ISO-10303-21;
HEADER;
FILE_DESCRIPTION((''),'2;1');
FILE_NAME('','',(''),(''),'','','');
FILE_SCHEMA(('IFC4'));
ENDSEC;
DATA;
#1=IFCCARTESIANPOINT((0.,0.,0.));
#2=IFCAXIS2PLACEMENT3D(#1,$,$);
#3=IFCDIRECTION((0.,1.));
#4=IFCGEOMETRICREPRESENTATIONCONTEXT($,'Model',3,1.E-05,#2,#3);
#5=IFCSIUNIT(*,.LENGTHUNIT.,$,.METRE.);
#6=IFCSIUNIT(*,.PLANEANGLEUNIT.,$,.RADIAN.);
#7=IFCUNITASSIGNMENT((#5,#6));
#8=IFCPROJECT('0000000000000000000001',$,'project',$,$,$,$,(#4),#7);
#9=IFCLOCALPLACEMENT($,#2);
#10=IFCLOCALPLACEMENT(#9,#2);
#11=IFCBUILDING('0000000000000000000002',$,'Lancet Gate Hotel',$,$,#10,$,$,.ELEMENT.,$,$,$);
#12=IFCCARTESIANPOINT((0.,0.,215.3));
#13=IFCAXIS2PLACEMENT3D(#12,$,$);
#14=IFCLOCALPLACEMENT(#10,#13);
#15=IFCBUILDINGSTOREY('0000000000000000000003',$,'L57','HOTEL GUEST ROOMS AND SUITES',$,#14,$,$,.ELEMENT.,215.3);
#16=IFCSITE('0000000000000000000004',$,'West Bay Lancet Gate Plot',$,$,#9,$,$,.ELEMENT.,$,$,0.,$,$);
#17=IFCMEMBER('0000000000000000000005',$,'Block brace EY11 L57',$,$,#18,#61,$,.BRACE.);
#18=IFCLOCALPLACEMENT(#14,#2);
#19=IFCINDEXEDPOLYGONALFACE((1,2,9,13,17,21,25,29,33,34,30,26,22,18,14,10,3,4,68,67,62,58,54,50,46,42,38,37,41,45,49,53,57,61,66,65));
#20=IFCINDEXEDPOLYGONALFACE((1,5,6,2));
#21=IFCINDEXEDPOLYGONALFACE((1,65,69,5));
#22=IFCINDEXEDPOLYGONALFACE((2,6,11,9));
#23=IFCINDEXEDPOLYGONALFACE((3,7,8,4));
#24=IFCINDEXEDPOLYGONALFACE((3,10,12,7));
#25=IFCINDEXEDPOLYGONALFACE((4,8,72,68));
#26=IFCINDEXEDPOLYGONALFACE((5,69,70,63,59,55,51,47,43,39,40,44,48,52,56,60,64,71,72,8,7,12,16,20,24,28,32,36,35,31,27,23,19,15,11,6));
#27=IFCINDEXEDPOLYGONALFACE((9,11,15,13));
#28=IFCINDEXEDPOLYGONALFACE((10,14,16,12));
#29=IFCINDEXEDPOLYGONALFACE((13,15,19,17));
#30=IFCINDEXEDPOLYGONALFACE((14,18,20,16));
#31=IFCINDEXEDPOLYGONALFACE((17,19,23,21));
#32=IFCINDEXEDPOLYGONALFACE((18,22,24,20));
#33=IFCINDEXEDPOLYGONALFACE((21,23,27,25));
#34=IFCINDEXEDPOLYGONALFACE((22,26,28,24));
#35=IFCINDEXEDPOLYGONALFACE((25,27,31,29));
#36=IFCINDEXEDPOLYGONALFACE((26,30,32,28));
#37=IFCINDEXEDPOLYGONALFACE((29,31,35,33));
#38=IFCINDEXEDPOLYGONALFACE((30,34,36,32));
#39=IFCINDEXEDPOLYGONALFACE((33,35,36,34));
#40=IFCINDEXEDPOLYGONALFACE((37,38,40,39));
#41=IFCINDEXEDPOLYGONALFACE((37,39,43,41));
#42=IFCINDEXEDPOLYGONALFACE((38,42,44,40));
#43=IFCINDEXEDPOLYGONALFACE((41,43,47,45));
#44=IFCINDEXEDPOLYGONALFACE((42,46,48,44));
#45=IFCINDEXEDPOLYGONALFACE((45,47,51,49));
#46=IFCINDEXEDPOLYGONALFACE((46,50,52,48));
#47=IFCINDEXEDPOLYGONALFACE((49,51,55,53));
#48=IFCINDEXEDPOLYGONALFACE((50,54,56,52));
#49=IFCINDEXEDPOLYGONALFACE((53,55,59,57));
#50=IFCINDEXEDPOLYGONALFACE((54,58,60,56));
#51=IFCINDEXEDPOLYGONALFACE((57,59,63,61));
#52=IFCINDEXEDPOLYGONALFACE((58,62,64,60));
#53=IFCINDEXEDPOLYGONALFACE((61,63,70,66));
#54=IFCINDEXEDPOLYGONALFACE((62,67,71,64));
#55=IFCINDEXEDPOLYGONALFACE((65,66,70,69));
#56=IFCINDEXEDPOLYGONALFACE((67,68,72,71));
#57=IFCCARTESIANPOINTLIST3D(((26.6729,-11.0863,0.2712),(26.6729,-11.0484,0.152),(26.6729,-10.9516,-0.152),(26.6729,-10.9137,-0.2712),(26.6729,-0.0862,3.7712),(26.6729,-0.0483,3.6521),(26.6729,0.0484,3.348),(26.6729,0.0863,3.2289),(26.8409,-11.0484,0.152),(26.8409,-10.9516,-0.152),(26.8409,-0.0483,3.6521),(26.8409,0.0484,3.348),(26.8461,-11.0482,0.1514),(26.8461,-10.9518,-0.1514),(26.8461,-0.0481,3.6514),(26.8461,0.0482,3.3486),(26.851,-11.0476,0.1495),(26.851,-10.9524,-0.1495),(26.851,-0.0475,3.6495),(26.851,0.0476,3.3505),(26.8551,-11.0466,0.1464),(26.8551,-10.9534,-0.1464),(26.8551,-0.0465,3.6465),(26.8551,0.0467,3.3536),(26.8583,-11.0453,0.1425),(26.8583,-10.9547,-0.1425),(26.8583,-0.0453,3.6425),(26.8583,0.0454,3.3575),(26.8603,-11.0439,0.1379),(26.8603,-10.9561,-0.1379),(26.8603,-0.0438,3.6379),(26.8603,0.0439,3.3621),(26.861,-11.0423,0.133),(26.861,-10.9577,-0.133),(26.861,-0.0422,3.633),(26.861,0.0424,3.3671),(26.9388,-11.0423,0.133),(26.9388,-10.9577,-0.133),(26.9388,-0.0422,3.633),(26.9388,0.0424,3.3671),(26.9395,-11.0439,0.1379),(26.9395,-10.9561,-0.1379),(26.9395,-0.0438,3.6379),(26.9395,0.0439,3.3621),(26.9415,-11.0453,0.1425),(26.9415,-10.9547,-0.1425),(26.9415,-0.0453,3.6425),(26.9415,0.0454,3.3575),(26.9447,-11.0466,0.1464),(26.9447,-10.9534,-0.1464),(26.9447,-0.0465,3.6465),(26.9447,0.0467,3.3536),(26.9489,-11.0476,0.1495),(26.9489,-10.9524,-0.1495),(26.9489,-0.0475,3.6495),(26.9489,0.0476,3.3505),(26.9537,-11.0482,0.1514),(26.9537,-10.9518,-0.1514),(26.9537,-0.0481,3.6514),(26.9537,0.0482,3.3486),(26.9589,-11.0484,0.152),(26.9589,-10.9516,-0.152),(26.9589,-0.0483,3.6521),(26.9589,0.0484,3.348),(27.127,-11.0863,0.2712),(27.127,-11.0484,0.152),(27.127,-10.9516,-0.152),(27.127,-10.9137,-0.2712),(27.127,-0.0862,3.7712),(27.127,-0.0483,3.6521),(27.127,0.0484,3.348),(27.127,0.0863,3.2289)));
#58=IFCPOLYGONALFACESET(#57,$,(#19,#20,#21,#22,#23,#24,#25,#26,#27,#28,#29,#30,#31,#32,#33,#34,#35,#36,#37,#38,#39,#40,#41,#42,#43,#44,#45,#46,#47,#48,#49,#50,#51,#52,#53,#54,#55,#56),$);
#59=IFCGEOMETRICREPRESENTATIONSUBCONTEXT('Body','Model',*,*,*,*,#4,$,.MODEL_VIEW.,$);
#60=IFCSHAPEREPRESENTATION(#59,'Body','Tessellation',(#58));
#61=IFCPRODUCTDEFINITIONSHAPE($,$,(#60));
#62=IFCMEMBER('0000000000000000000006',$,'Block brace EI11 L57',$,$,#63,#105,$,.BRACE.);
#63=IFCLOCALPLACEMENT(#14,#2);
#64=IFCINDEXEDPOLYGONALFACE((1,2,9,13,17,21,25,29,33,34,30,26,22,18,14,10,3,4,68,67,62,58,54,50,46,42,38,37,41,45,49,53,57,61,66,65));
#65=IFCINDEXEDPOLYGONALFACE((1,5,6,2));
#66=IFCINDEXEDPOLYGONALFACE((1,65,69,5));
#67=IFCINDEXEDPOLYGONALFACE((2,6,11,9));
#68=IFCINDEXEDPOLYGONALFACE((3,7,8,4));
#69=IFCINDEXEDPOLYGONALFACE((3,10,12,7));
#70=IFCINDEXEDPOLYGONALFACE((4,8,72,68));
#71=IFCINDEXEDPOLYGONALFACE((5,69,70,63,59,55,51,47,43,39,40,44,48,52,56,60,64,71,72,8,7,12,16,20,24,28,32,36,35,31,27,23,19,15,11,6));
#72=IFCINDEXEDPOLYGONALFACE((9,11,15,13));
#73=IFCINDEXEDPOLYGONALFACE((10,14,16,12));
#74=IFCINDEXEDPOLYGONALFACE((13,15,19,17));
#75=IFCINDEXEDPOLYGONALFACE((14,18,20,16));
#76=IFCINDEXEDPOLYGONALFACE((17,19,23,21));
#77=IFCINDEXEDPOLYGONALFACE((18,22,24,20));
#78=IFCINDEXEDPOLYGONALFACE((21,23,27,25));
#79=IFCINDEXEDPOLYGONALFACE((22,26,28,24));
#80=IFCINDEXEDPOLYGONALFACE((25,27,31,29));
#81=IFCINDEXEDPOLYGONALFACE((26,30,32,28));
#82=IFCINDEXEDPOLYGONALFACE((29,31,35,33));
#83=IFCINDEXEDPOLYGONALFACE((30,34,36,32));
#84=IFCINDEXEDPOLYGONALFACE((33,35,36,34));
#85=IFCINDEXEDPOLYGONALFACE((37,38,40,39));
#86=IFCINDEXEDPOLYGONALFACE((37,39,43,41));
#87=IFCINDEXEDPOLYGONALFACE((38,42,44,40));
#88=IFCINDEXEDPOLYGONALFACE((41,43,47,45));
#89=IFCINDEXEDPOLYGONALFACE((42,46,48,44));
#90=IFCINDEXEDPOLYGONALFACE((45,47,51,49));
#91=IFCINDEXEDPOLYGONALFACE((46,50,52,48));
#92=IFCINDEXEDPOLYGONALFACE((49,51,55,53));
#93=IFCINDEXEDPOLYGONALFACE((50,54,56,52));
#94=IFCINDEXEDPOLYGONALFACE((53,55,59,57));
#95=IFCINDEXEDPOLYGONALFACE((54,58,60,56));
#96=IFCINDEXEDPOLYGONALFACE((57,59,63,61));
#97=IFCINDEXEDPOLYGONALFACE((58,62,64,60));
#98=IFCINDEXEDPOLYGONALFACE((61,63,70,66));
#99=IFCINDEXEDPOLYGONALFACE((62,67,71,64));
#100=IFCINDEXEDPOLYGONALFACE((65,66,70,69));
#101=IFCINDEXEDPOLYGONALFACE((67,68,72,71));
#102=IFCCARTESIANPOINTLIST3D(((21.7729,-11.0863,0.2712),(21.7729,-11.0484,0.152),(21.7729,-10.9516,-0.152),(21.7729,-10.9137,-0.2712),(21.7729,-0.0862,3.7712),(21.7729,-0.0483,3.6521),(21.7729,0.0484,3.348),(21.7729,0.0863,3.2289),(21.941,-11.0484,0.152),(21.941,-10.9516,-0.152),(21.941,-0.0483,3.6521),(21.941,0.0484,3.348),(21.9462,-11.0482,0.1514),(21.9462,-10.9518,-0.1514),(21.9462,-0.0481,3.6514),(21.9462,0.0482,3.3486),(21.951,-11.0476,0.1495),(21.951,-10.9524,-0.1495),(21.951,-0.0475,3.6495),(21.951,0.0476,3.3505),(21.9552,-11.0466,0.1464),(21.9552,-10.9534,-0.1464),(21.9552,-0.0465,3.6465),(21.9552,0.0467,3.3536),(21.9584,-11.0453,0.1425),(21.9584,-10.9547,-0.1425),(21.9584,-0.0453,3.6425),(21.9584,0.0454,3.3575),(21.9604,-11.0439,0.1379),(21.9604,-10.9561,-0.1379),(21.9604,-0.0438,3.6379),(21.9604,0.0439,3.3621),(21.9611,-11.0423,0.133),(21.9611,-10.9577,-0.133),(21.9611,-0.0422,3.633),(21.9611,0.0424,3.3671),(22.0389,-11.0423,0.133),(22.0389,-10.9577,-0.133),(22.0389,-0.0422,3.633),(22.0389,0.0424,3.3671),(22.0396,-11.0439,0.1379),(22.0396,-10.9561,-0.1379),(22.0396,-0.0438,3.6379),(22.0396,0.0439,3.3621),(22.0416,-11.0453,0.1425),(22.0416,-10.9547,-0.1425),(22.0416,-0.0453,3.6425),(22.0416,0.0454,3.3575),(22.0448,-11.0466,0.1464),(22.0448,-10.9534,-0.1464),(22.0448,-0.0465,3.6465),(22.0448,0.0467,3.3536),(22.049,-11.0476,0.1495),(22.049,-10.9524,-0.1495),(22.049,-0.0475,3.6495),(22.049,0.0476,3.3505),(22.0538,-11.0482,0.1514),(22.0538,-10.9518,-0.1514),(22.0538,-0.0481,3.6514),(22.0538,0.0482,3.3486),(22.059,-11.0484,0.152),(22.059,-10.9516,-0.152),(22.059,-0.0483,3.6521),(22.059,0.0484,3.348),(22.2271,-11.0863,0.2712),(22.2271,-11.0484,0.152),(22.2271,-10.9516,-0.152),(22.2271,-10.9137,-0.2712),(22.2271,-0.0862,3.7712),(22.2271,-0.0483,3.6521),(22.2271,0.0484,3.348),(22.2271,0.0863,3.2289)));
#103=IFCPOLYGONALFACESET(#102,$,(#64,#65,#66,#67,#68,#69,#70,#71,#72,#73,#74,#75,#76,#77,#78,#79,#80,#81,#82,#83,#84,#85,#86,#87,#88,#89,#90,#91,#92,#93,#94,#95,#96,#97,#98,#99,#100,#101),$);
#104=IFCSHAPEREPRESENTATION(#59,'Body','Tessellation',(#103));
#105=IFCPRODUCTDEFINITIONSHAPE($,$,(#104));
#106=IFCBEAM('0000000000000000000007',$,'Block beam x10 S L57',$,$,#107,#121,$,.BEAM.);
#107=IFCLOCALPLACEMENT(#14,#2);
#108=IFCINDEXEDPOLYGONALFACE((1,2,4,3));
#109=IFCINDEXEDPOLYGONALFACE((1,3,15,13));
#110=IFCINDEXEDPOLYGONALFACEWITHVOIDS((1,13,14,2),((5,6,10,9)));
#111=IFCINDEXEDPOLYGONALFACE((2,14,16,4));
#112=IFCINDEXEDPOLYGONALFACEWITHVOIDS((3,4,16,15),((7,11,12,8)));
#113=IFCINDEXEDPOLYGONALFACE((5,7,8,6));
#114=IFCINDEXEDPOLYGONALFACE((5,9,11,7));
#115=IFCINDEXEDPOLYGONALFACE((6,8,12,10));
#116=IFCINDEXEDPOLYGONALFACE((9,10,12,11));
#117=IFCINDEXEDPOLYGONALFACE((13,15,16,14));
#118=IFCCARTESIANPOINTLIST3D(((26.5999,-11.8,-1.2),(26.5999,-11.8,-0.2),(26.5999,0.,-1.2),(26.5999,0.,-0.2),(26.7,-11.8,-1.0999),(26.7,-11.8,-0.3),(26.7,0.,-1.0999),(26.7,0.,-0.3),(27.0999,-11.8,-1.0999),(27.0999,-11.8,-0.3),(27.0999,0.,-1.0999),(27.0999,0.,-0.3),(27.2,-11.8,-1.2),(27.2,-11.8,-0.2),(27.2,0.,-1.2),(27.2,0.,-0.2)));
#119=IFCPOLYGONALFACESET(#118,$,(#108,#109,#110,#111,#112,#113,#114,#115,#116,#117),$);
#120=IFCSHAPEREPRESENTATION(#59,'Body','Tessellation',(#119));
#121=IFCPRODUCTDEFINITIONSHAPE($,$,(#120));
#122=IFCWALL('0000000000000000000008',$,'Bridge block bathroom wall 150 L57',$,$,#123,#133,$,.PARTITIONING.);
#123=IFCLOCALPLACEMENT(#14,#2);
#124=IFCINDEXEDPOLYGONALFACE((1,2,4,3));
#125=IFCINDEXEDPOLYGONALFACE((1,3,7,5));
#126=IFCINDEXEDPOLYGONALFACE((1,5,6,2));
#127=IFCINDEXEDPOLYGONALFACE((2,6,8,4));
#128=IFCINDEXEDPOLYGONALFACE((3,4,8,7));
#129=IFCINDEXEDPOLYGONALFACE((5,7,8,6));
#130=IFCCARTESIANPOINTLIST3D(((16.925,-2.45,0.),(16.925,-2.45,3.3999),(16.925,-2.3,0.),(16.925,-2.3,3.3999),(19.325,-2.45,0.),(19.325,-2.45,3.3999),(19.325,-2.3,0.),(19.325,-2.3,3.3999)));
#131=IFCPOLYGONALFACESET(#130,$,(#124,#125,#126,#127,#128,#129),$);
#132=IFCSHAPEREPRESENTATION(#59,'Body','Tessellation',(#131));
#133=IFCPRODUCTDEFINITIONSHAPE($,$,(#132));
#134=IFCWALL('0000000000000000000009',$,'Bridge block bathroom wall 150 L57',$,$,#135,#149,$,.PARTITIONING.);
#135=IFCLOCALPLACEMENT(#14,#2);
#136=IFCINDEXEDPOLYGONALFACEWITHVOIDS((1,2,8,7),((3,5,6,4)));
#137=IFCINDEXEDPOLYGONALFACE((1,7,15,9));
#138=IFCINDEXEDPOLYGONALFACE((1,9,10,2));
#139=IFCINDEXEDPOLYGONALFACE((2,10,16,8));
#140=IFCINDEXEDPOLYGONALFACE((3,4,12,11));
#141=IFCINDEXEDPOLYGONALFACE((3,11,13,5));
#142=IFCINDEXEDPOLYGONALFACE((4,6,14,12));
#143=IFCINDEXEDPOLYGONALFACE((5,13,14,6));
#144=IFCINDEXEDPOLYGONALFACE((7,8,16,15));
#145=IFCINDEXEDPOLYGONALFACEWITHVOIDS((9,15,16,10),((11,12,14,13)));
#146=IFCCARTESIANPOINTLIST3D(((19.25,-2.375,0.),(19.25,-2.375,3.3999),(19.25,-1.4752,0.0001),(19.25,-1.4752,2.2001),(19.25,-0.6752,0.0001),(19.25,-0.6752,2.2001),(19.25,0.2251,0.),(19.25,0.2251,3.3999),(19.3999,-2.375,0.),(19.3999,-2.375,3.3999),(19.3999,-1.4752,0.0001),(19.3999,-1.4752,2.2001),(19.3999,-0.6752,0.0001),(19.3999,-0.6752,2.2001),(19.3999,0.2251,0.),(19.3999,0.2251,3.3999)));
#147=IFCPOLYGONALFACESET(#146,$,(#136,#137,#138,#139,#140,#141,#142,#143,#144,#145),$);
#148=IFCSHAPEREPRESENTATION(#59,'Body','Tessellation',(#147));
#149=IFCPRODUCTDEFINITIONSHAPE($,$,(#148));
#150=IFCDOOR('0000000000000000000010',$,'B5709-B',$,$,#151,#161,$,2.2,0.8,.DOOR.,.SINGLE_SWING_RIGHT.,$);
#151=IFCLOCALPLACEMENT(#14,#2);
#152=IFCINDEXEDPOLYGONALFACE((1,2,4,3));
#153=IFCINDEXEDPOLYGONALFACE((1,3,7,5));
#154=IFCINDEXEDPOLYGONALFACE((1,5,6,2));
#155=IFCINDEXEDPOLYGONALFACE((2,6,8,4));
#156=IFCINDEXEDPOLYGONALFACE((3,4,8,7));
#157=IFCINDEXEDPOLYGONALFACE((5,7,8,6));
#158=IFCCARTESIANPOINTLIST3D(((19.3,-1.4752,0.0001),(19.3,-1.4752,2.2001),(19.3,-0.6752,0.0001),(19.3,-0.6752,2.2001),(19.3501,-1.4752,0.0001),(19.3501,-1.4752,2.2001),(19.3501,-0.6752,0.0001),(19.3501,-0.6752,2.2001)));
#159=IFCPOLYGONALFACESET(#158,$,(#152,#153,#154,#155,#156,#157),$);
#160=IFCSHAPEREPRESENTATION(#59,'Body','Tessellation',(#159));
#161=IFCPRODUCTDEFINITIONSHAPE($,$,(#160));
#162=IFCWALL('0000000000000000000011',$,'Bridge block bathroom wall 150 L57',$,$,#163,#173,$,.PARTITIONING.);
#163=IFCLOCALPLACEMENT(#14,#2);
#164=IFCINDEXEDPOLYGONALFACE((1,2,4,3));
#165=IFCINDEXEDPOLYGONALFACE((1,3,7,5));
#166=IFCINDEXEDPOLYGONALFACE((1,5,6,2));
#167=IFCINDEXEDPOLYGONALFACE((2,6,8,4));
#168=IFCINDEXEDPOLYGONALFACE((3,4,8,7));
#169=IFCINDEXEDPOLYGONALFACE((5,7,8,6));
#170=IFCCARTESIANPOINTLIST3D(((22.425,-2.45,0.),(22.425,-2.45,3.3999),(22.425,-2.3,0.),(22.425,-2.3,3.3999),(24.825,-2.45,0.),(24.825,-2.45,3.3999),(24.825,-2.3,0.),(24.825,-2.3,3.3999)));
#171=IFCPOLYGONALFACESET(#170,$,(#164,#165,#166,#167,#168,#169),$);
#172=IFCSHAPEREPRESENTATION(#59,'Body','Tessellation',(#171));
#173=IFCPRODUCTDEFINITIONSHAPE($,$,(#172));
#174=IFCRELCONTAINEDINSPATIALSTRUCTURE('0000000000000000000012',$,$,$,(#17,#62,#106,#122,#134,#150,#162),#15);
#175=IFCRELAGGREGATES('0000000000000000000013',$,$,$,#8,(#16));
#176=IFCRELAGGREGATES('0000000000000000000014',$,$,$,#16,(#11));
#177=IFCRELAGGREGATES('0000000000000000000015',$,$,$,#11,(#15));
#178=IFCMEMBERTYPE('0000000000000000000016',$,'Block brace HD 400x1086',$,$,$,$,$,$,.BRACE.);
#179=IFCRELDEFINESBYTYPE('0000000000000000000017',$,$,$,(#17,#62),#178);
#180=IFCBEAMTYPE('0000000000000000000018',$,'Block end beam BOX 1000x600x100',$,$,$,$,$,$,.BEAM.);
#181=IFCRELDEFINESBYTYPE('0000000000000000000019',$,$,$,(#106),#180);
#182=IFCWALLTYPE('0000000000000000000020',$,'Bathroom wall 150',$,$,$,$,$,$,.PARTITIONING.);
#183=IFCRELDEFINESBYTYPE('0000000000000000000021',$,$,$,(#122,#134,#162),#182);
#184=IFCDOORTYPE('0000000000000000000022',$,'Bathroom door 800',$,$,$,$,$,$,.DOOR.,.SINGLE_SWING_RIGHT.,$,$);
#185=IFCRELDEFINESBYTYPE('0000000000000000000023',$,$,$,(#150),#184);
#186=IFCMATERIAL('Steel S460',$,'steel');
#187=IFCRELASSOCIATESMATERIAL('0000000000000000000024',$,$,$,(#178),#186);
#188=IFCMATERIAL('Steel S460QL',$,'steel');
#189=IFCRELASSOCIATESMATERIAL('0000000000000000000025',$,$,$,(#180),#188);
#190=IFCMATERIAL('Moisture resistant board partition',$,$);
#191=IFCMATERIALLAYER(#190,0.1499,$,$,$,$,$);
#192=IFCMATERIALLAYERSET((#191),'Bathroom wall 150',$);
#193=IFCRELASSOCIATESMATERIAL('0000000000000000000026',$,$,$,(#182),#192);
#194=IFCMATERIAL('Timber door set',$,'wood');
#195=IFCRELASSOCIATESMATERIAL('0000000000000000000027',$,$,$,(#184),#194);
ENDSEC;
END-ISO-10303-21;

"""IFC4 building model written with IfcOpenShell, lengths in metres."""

from ifc_helpers import new_model, si_unit, direction, frame, frame_2d, origin, origin_2d, place, context, subcontext, project, spatial, rectangle, hollow_rectangle, i_section, extrude, material, layer, layer_set, material_profile, profile_set, type_object, element, fill, save


model = new_model("IFC4")

# Units and contexts
model_context = context("Model", 3, precision=1e-05, world=origin(), true_north=direction((0.0, 1.0)))
body_context = subcontext(model_context, "Body", "Model", "MODEL_VIEW")
ifc_project = project(units=[si_unit("LENGTHUNIT", "METRE"), si_unit("PLANEANGLEUNIT", "RADIAN")], contexts=[model_context])

# Site, building, storey
site_placement = place(None, origin())
site = spatial("IfcSite", under=ifc_project, at=site_placement, Name="West Bay Lancet Gate Plot", CompositionType="ELEMENT", RefElevation=0.0)
building_placement = place(site_placement, origin())
building = spatial("IfcBuilding", under=site, at=building_placement, Name="Lancet Gate Hotel", CompositionType="ELEMENT")
storey_placement = place(building_placement, frame((0.0, 0.0, 215.3)))
storey = spatial("IfcBuildingStorey", under=building, at=storey_placement, Name="L57", Description="HOTEL GUEST ROOMS AND SUITES", CompositionType="ELEMENT", Elevation=215.3)

# Members
ifc_material_1 = material(Name="Steel S460", Category="steel")
ifc_material_profile_1 = material_profile(ifc_material_1, i_section(OverallWidth=0.4541, OverallDepth=0.5691, WebThickness=0.0779, FlangeThickness=0.125, FilletRadius=0.02, at=origin_2d()), Name="HD 400x1086")
ifc_profile_set_1 = profile_set([ifc_material_profile_1], Name="Steel S460")
member_type_1 = type_object("IfcMemberType", Name="Block brace HD 400x1086", PredefinedType="BRACE", material=ifc_profile_set_1)
for number, where, z_axis, x_axis, name in (
    (1, (26.8999, -11.0, 0.0), (0.0, 0.952926, 0.303204), (-1.0, 0.0, 0.0), "Block brace EY11 L57"),
    (2, (22.0, -11.0, 0.0), (0.0, 0.952926, 0.303204), (-1.0, 0.0, 0.0), "Block brace EI11 L57"),
):
    element("IfcMember", number, at=place(storey_placement, frame(where, z_axis=z_axis, x_axis=x_axis)), inside=storey, type_object=member_type_1, Name=name, PredefinedType="BRACE", context=body_context, shape_type="SweptSolid", body=[
        extrude(i_section(OverallWidth=0.4541, OverallDepth=0.5691, WebThickness=0.0779, FlangeThickness=0.125, FilletRadius=0.02, at=origin_2d()), origin(), (0.0, 0.0, 1.0), 11.5435),
    ])

# Beam
ifc_material_2 = material(Name="Steel S460QL", Category="steel")
ifc_material_profile_2 = material_profile(ifc_material_2, hollow_rectangle(XDim=0.6001, YDim=1.0, WallThickness=0.1001, at=origin_2d()), Name="BOX 1000x600x100")
ifc_profile_set_2 = profile_set([ifc_material_profile_2], Name="Steel S460QL")
beam_type = type_object("IfcBeamType", Name="Block end beam BOX 1000x600x100", PredefinedType="BEAM", material=ifc_profile_set_2)
beam_placement = place(storey_placement, frame((26.8999, -11.8, -0.7), z_axis=(0.0, 1.0, 0.0), x_axis=(-1.0, 0.0, 0.0)))
element("IfcBeam", 3, at=beam_placement, inside=storey, type_object=beam_type, Name="Block beam x10 S L57", PredefinedType="BEAM", context=body_context, shape_type="SweptSolid", body=[
    extrude(hollow_rectangle(XDim=0.6001, YDim=1.0, WallThickness=0.1001, at=origin_2d()), origin(), (0.0, 0.0, 1.0), 11.8),
])

# Wall
ifc_material_3 = material(Name="Moisture resistant board partition")
ifc_layer_1 = layer(ifc_material_3, 0.1499)
ifc_layer_set_1 = layer_set([ifc_layer_1], Name="Bathroom wall 150")
wall_type_1 = type_object("IfcWallType", Name="Bathroom wall 150", PredefinedType="PARTITIONING", material=ifc_layer_set_1)
wall_1_placement = place(storey_placement, frame((16.925, -2.375, 0.0), z_axis=(0.0, 0.0, 1.0), x_axis=(1.0, 0.0, 0.0)))
element("IfcWall", 4, at=wall_1_placement, inside=storey, type_object=wall_type_1, Name="Bridge block bathroom wall 150 L57", PredefinedType="PARTITIONING", context=body_context, shape_type="SweptSolid", body=[
    extrude(rectangle(XDim=2.3999, YDim=0.1499, at=frame_2d((1.2, 0.0))), origin(), (0.0, 0.0, 1.0), 3.3999),
])

# Wall, opening, door
wall_2_placement = place(storey_placement, frame((19.325, -2.375, 0.0), z_axis=(0.0, 0.0, 1.0), x_axis=(0.0, 1.0, 0.0)))
wall_2 = element("IfcWall", 5, at=wall_2_placement, inside=storey, type_object=wall_type_1, Name="Bridge block bathroom wall 150 L57", PredefinedType="PARTITIONING", context=body_context, shape_type="SweptSolid", body=[
    extrude(rectangle(XDim=2.6001, YDim=0.1499, at=frame_2d((1.3, 0.0))), origin(), (0.0, 0.0, 1.0), 3.3999),
])
opening_1_placement = place(wall_2_placement, frame((0.8999, 0.0, 0.0)))
opening_1 = element("IfcOpeningElement", 6, at=opening_1_placement, cuts=wall_2, PredefinedType="OPENING", context=body_context, shape_type="SweptSolid", body=[
    extrude(rectangle(XDim=0.8, YDim=2.2, at=frame_2d((0.3999, 1.1001))), frame((0.0, 0.085, 0.0), z_axis=(0.0, -1.0, 0.0), x_axis=(1.0, 0.0, 0.0)), (0.0, 0.0, 1.0), 0.1699),
])
ifc_material_4 = material(Name="Timber door set", Category="wood")
door_type_1 = type_object("IfcDoorType", Name="Bathroom door 800", OperationType="SINGLE_SWING_RIGHT", PredefinedType="DOOR", material=ifc_material_4)
door_1_placement = place(opening_1_placement, origin())
door_1 = element("IfcDoor", 7, at=door_1_placement, inside=storey, type_object=door_type_1, Name="B5709-B", OperationType="SINGLE_SWING_RIGHT", OverallHeight=2.2, OverallWidth=0.8, PredefinedType="DOOR", context=body_context, shape_type="SweptSolid", body=[
    extrude(rectangle(XDim=0.8, YDim=2.2, at=frame_2d((0.3999, 1.1001))), frame((0.0, 0.0249, 0.0), z_axis=(0.0, -1.0, 0.0), x_axis=(1.0, 0.0, 0.0)), (0.0, 0.0, 1.0), 0.05),
])
fill(opening_1, door_1)

# Wall
wall_3_placement = place(storey_placement, frame((22.425, -2.375, 0.0), z_axis=(0.0, 0.0, 1.0), x_axis=(1.0, 0.0, 0.0)))
element("IfcWall", 8, at=wall_3_placement, inside=storey, type_object=wall_type_1, Name="Bridge block bathroom wall 150 L57", PredefinedType="PARTITIONING", context=body_context, shape_type="SweptSolid", body=[
    extrude(rectangle(XDim=2.3999, YDim=0.1499, at=frame_2d((1.2, 0.0))), origin(), (0.0, 0.0, 1.0), 3.3999),
])

save(model, "model.ifc")
